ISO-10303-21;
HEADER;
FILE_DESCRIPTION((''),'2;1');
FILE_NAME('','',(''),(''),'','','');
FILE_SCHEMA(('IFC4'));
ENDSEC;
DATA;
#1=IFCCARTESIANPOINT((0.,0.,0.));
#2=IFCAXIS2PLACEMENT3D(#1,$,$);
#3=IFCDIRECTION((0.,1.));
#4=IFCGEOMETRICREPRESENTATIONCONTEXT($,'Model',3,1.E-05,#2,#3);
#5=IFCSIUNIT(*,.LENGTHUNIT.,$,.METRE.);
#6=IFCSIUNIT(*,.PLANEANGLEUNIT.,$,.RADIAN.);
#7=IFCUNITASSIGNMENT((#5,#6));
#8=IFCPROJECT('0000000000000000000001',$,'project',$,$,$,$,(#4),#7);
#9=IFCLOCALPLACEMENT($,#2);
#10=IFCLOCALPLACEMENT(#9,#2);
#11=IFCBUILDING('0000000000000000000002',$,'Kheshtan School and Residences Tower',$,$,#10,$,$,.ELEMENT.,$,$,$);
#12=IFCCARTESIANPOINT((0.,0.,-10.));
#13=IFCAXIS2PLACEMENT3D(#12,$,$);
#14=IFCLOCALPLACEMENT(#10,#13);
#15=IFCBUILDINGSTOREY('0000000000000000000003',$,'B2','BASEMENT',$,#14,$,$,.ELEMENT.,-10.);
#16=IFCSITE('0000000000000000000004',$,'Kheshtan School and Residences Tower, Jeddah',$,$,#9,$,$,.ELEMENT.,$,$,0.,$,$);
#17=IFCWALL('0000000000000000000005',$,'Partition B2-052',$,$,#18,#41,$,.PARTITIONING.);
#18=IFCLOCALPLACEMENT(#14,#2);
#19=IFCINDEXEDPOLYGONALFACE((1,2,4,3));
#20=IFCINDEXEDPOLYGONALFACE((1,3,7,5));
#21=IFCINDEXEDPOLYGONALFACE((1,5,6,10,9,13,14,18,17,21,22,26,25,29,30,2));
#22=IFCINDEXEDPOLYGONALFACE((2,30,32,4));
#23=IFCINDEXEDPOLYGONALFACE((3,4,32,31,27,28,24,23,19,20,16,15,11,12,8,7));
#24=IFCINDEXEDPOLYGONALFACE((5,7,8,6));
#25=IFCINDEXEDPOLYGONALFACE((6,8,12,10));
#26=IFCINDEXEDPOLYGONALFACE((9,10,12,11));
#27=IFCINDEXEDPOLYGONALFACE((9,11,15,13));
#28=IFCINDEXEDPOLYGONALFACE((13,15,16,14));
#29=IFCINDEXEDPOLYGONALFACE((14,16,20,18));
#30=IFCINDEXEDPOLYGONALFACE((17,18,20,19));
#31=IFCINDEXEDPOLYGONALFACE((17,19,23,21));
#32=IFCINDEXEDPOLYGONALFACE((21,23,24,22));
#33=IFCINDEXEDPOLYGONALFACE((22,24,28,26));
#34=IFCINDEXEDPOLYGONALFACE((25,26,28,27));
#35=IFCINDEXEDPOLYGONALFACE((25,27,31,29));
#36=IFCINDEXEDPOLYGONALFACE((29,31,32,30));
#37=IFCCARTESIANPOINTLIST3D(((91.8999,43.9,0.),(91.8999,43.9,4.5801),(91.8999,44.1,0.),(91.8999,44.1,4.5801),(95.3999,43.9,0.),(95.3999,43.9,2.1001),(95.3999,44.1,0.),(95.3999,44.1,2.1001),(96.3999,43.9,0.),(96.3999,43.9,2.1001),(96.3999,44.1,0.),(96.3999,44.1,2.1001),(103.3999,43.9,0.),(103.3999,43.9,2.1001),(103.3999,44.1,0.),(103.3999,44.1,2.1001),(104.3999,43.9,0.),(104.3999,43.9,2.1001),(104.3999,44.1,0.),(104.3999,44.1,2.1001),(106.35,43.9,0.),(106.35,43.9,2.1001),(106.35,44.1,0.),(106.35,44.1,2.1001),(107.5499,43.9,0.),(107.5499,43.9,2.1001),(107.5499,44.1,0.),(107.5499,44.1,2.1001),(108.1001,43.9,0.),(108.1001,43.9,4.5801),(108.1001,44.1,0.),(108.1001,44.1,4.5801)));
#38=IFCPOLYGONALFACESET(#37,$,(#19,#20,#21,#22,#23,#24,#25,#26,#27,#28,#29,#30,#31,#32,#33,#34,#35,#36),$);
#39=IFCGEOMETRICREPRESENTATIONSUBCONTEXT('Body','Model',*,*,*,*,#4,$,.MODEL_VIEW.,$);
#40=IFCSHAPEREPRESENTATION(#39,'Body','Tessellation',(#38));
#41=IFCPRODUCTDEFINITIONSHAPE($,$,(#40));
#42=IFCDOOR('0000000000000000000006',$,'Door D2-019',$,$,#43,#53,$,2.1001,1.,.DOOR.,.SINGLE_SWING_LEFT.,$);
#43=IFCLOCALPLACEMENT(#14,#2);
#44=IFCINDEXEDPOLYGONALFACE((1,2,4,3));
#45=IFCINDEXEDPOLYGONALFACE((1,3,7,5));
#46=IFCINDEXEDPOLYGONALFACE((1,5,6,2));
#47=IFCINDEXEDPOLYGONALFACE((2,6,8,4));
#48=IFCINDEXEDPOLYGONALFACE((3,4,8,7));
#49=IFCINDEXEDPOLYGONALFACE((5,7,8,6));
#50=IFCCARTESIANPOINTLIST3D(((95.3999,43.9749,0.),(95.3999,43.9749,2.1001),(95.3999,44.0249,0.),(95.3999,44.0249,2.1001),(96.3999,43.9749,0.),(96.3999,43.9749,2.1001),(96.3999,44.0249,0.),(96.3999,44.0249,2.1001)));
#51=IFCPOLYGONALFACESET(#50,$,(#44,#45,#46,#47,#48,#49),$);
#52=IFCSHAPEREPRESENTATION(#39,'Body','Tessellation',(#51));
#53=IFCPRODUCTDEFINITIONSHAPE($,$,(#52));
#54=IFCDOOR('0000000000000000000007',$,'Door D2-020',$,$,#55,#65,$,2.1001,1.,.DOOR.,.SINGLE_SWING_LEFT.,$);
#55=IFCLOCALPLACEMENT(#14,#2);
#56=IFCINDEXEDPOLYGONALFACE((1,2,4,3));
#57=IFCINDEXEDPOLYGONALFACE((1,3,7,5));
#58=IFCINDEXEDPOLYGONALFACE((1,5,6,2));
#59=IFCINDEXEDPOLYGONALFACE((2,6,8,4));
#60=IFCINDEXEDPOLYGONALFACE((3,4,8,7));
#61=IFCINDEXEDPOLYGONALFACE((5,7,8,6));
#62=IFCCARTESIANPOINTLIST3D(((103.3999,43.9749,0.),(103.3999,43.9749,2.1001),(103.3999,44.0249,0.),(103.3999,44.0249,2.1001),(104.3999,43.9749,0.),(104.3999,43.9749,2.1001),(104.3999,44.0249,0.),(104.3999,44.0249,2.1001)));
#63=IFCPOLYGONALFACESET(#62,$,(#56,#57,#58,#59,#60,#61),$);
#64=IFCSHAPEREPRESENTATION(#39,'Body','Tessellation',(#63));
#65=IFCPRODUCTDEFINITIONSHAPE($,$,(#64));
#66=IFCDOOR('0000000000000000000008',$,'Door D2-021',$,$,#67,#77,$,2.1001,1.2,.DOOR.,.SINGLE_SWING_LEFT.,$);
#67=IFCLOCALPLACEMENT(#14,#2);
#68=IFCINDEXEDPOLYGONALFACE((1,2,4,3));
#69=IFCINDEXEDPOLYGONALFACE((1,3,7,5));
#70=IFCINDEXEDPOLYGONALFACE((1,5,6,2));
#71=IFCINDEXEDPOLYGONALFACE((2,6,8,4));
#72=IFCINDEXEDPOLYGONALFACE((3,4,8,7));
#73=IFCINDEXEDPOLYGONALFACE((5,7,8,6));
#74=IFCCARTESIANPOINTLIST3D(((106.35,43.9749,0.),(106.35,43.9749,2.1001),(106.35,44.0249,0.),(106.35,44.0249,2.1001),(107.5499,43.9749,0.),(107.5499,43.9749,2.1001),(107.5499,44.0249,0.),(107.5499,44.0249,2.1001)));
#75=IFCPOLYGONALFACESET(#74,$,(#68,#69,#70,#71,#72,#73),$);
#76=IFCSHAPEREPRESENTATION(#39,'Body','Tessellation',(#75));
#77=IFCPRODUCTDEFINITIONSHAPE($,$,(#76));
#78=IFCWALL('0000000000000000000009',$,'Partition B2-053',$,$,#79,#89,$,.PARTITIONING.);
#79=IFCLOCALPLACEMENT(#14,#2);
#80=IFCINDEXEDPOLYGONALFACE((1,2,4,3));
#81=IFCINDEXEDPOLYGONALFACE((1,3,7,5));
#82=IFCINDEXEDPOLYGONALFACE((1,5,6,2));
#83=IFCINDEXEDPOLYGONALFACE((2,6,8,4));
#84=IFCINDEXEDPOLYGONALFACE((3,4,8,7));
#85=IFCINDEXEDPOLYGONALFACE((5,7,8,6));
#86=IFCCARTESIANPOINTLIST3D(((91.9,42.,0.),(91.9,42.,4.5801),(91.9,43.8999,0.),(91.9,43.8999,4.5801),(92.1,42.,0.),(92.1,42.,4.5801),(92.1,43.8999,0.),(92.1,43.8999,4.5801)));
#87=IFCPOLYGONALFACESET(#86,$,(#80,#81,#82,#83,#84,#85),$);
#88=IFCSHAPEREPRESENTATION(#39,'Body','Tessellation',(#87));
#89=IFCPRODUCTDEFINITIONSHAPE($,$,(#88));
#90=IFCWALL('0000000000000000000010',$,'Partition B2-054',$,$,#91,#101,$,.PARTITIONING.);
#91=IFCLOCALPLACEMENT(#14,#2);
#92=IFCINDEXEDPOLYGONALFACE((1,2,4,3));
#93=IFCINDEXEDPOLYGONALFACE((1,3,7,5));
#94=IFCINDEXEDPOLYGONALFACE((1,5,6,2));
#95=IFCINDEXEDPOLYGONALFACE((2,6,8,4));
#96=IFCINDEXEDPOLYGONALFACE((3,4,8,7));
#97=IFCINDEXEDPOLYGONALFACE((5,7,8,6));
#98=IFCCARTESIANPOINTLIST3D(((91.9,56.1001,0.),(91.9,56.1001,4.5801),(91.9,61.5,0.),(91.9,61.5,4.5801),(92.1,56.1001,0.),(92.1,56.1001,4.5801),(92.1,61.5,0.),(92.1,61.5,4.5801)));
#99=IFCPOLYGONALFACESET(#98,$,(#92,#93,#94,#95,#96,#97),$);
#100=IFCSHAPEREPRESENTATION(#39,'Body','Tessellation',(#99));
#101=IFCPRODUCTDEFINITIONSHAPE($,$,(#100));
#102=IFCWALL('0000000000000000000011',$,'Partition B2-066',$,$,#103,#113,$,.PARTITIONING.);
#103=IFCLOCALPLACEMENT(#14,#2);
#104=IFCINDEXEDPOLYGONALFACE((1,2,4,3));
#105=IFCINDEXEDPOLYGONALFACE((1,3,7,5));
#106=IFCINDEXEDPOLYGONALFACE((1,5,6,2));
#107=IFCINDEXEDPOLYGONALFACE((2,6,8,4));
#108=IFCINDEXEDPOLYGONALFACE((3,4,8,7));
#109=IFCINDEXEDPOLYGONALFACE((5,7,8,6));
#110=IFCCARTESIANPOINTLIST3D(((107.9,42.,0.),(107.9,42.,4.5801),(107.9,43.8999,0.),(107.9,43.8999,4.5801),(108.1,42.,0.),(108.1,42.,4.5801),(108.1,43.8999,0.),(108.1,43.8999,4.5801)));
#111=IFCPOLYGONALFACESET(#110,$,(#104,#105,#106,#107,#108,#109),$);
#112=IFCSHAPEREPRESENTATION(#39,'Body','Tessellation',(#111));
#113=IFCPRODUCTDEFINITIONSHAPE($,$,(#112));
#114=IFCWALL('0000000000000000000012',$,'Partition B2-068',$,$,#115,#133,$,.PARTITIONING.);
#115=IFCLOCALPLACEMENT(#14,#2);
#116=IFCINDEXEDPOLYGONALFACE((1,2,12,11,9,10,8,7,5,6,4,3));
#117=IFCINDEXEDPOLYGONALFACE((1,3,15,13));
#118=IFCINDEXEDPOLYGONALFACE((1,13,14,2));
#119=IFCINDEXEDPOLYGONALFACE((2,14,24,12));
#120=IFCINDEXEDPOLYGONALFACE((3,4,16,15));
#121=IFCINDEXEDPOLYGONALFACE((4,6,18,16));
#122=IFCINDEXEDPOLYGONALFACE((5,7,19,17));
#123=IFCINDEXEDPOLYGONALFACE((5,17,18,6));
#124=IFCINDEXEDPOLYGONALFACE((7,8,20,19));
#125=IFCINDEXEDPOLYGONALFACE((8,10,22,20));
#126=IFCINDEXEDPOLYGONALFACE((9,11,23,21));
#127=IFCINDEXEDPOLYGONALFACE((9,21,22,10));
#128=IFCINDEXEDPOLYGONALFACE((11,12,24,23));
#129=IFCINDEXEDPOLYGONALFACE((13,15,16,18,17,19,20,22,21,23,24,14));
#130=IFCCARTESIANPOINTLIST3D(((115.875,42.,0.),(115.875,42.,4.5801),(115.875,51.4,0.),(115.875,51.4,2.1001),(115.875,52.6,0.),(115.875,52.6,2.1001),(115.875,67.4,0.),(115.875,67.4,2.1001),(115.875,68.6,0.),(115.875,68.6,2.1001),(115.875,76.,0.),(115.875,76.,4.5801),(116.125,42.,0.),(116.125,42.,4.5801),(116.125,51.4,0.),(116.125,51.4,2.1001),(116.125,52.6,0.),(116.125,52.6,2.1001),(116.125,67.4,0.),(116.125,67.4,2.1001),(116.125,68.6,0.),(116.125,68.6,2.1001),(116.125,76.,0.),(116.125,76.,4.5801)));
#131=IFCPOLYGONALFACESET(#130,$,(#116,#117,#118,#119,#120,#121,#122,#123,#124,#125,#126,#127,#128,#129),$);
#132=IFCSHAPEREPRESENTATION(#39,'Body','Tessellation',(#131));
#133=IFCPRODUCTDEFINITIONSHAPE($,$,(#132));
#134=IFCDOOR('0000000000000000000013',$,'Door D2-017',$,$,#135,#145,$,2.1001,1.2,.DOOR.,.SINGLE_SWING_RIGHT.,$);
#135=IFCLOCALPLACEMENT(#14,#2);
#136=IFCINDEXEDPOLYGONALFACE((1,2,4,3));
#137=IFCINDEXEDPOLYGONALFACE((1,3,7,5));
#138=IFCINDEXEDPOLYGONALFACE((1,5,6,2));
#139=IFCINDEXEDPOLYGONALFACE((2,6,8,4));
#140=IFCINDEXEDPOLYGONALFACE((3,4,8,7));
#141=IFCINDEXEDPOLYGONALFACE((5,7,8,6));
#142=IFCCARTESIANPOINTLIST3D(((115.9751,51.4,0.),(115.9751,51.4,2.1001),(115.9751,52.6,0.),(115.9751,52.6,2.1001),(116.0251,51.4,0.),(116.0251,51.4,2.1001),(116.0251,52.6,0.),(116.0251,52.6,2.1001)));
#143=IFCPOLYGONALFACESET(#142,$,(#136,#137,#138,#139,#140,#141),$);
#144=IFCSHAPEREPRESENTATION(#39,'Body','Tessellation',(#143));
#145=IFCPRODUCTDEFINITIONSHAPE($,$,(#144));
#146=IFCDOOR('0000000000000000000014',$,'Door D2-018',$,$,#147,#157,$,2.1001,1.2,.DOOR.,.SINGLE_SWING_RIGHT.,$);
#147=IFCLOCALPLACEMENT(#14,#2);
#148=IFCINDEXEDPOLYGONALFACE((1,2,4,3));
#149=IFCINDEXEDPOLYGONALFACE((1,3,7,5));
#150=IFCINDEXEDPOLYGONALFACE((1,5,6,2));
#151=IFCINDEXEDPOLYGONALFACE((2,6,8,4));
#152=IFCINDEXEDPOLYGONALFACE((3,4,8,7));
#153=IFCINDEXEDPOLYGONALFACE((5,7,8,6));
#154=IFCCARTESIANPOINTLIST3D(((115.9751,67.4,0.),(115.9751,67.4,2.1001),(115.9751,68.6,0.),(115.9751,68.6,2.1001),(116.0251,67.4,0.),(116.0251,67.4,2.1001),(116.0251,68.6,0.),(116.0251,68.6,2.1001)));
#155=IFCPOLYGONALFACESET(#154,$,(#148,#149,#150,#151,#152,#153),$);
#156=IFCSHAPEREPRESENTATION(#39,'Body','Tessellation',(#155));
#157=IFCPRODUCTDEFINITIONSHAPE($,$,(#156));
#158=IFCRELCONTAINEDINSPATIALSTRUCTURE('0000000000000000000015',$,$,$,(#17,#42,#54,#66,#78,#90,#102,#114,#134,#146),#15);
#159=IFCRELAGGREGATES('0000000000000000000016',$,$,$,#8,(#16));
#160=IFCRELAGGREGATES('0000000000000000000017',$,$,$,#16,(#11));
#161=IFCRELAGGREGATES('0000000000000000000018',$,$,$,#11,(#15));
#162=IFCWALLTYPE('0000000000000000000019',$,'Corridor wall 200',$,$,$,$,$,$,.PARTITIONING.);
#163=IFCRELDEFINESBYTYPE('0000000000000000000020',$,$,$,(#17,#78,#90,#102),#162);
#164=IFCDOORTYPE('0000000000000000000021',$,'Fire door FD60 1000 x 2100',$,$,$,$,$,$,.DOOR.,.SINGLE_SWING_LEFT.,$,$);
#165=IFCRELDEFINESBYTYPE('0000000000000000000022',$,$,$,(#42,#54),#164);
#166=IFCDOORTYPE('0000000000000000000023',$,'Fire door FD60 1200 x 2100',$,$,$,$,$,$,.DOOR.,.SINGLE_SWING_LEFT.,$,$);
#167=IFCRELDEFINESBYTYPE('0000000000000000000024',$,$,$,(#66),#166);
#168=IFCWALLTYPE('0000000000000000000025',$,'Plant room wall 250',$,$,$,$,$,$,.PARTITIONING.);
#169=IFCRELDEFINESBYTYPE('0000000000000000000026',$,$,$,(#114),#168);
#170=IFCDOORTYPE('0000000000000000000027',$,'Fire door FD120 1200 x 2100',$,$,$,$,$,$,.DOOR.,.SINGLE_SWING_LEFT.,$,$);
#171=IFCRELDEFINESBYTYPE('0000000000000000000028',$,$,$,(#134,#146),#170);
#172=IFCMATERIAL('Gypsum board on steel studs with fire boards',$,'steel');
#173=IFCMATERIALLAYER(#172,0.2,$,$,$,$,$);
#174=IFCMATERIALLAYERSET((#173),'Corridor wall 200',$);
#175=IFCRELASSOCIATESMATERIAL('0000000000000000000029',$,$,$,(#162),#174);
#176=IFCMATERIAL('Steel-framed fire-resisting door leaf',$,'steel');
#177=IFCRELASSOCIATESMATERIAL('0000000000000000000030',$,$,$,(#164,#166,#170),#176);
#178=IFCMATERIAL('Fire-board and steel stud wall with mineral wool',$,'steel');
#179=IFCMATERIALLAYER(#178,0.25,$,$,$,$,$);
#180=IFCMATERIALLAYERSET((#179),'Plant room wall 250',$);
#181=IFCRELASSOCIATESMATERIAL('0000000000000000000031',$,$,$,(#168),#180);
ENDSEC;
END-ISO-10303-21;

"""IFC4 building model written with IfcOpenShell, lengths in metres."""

from ifc_helpers import new_model, si_unit, direction, frame, frame_2d, origin, place, context, subcontext, project, spatial, rectangle, extrude, source, transform, mapped, material, layer, layer_set, type_object, element, fill, save


model = new_model("IFC4")

# Units and contexts
model_context = context("Model", 3, precision=1e-05, world=origin(), true_north=direction((0.0, 1.0)))
body_context = subcontext(model_context, "Body", "Model", "MODEL_VIEW")
ifc_project = project(units=[si_unit("LENGTHUNIT", "METRE"), si_unit("PLANEANGLEUNIT", "RADIAN")], contexts=[model_context])

# Site, building, storey
site_placement = place(None, origin())
site = spatial("IfcSite", under=ifc_project, at=site_placement, Name="Kheshtan School and Residences Tower, Jeddah", CompositionType="ELEMENT", RefElevation=0.0)
building_placement = place(site_placement, origin())
building = spatial("IfcBuilding", under=site, at=building_placement, Name="Kheshtan School and Residences Tower", CompositionType="ELEMENT")
storey_placement = place(building_placement, frame((0.0, 0.0, -10.0)))
storey = spatial("IfcBuildingStorey", under=building, at=storey_placement, Name="B2", Description="BASEMENT", CompositionType="ELEMENT", Elevation=-10.0)

# Wall, openings, doors
ifc_material_1 = material(Name="Gypsum board on steel studs with fire boards", Category="steel")
ifc_layer_1 = layer(ifc_material_1, 0.2)
ifc_layer_set_1 = layer_set([ifc_layer_1], Name="Corridor wall 200")
wall_type_1 = type_object("IfcWallType", Name="Corridor wall 200", PredefinedType="PARTITIONING", material=ifc_layer_set_1)
wall_1_placement = place(storey_placement, frame((91.8999, 44.0, 0.0), z_axis=(0.0, 0.0, 1.0), x_axis=(1.0, 0.0, 0.0)))
wall_1 = element("IfcWall", 1, at=wall_1_placement, inside=storey, type_object=wall_type_1, Name="Partition B2-052", PredefinedType="PARTITIONING", context=body_context, shape_type="SweptSolid", body=[
    extrude(rectangle(XDim=16.2002, YDim=0.2, at=frame_2d((8.1001, 0.0))), origin(), (0.0, 0.0, 1.0), 4.5801),
])
opening_1_placement = place(wall_1_placement, frame((3.5, 0.0, 0.0)))
opening_1 = element("IfcOpeningElement", 2, at=opening_1_placement, cuts=wall_1, PredefinedType="OPENING", context=body_context, shape_type="SweptSolid", body=[
    extrude(rectangle(XDim=1.0, YDim=2.1001, at=frame_2d((0.5, 1.05))), frame((0.0, 0.1099, 0.0), z_axis=(0.0, -1.0, 0.0), x_axis=(1.0, 0.0, 0.0)), (0.0, 0.0, 1.0), 0.22),
])
opening_2_placement = place(wall_1_placement, frame((11.5, 0.0, 0.0)))
opening_2 = element("IfcOpeningElement", 3, at=opening_2_placement, cuts=wall_1, PredefinedType="OPENING", context=body_context, shape_type="SweptSolid", body=[
    extrude(rectangle(XDim=1.0, YDim=2.1001, at=frame_2d((0.5, 1.05))), frame((0.0, 0.1099, 0.0), z_axis=(0.0, -1.0, 0.0), x_axis=(1.0, 0.0, 0.0)), (0.0, 0.0, 1.0), 0.22),
])
opening_3_placement = place(wall_1_placement, frame((14.45, 0.0, 0.0)))
opening_3 = element("IfcOpeningElement", 4, at=opening_3_placement, cuts=wall_1, PredefinedType="OPENING", context=body_context, shape_type="SweptSolid", body=[
    extrude(rectangle(XDim=1.2, YDim=2.1001, at=frame_2d((0.6001, 1.05))), frame((0.0, 0.1099, 0.0), z_axis=(0.0, -1.0, 0.0), x_axis=(1.0, 0.0, 0.0)), (0.0, 0.0, 1.0), 0.22),
])
ifc_material_2 = material(Name="Steel-framed fire-resisting door leaf", Category="steel")
door_type_1 = type_object("IfcDoorType", Name="Fire door FD60 1000 x 2100", OperationType="SINGLE_SWING_LEFT", PredefinedType="DOOR", material=ifc_material_2)
shared_shape_1 = source(origin(), body_context, "Body", "SweptSolid", [
    extrude(rectangle(XDim=1.0, YDim=2.1001, at=frame_2d((0.5, 1.05))), frame((0.0, 0.0249, 0.0), z_axis=(0.0, -1.0, 0.0), x_axis=(1.0, 0.0, 0.0)), (0.0, 0.0, 1.0), 0.05),
])
door_1_placement = place(opening_1_placement, origin())
door_1 = element("IfcDoor", 5, at=door_1_placement, inside=storey, type_object=door_type_1, Name="Door D2-019", OperationType="SINGLE_SWING_LEFT", OverallHeight=2.1001, OverallWidth=1.0, PredefinedType="DOOR", context=body_context, shape_type="MappedRepresentation", body=[
    mapped(shared_shape_1, transform((0.0, 0.0, 0.0), x_axis=(1.0, 0.0, 0.0), y_axis=(0.0, 1.0, 0.0), z_axis=(0.0, 0.0, 1.0), scale=1.0)),
])
fill(opening_1, door_1)
door_2_placement = place(opening_2_placement, origin())
door_2 = element("IfcDoor", 6, at=door_2_placement, inside=storey, type_object=door_type_1, Name="Door D2-020", OperationType="SINGLE_SWING_LEFT", OverallHeight=2.1001, OverallWidth=1.0, PredefinedType="DOOR", context=body_context, shape_type="MappedRepresentation", body=[
    mapped(shared_shape_1, transform((0.0, 0.0, 0.0), x_axis=(1.0, 0.0, 0.0), y_axis=(0.0, 1.0, 0.0), z_axis=(0.0, 0.0, 1.0), scale=1.0)),
])
fill(opening_2, door_2)
door_type_2 = type_object("IfcDoorType", Name="Fire door FD60 1200 x 2100", OperationType="SINGLE_SWING_LEFT", PredefinedType="DOOR", material=ifc_material_2)
shared_shape_2 = source(origin(), body_context, "Body", "SweptSolid", [
    extrude(rectangle(XDim=1.2, YDim=2.1001, at=frame_2d((0.6001, 1.05))), frame((0.0, 0.0249, 0.0), z_axis=(0.0, -1.0, 0.0), x_axis=(1.0, 0.0, 0.0)), (0.0, 0.0, 1.0), 0.05),
])
door_3_placement = place(opening_3_placement, origin())
door_3 = element("IfcDoor", 7, at=door_3_placement, inside=storey, type_object=door_type_2, Name="Door D2-021", OperationType="SINGLE_SWING_LEFT", OverallHeight=2.1001, OverallWidth=1.2, PredefinedType="DOOR", context=body_context, shape_type="MappedRepresentation", body=[
    mapped(shared_shape_2, transform((0.0, 0.0, 0.0), x_axis=(1.0, 0.0, 0.0), y_axis=(0.0, 1.0, 0.0), z_axis=(0.0, 0.0, 1.0), scale=1.0)),
])
fill(opening_3, door_3)

# Walls
wall_2_placement = place(storey_placement, frame((92.0, 42.0, 0.0), z_axis=(0.0, 0.0, 1.0), x_axis=(0.0, 1.0, 0.0)))
element("IfcWall", 8, at=wall_2_placement, inside=storey, type_object=wall_type_1, Name="Partition B2-053", PredefinedType="PARTITIONING", context=body_context, shape_type="SweptSolid", body=[
    extrude(rectangle(XDim=1.8999, YDim=0.2, at=frame_2d((0.95, 0.0))), origin(), (0.0, 0.0, 1.0), 4.5801),
])
wall_3_placement = place(storey_placement, frame((92.0, 56.1001, 0.0), z_axis=(0.0, 0.0, 1.0), x_axis=(0.0, 1.0, 0.0)))
element("IfcWall", 9, at=wall_3_placement, inside=storey, type_object=wall_type_1, Name="Partition B2-054", PredefinedType="PARTITIONING", context=body_context, shape_type="SweptSolid", body=[
    extrude(rectangle(XDim=5.3999, YDim=0.2, at=frame_2d((2.7, 0.0))), origin(), (0.0, 0.0, 1.0), 4.5801),
])
wall_4_placement = place(storey_placement, frame((108.0, 42.0, 0.0), z_axis=(0.0, 0.0, 1.0), x_axis=(0.0, 1.0, 0.0)))
element("IfcWall", 10, at=wall_4_placement, inside=storey, type_object=wall_type_1, Name="Partition B2-066", PredefinedType="PARTITIONING", context=body_context, shape_type="SweptSolid", body=[
    extrude(rectangle(XDim=1.8999, YDim=0.2, at=frame_2d((0.95, 0.0))), origin(), (0.0, 0.0, 1.0), 4.5801),
])

# Wall, openings, doors
ifc_material_3 = material(Name="Fire-board and steel stud wall with mineral wool", Category="steel")
ifc_layer_2 = layer(ifc_material_3, 0.25)
ifc_layer_set_2 = layer_set([ifc_layer_2], Name="Plant room wall 250")
wall_type_2 = type_object("IfcWallType", Name="Plant room wall 250", PredefinedType="PARTITIONING", material=ifc_layer_set_2)
wall_5_placement = place(storey_placement, frame((116.0, 42.0, 0.0), z_axis=(0.0, 0.0, 1.0), x_axis=(0.0, 1.0, 0.0)))
wall_5 = element("IfcWall", 11, at=wall_5_placement, inside=storey, type_object=wall_type_2, Name="Partition B2-068", PredefinedType="PARTITIONING", context=body_context, shape_type="SweptSolid", body=[
    extrude(rectangle(XDim=34.0, YDim=0.25, at=frame_2d((17.0, 0.0))), origin(), (0.0, 0.0, 1.0), 4.5801),
])
opening_4_placement = place(wall_5_placement, frame((9.3999, 0.0, 0.0)))
opening_4 = element("IfcOpeningElement", 12, at=opening_4_placement, cuts=wall_5, PredefinedType="OPENING", context=body_context, shape_type="SweptSolid", body=[
    extrude(rectangle(XDim=1.2, YDim=2.1001, at=frame_2d((0.6001, 1.05))), frame((0.0, 0.135, 0.0), z_axis=(0.0, -1.0, 0.0), x_axis=(1.0, 0.0, 0.0)), (0.0, 0.0, 1.0), 0.27),
])
opening_5_placement = place(wall_5_placement, frame((25.3999, 0.0, 0.0)))
opening_5 = element("IfcOpeningElement", 13, at=opening_5_placement, cuts=wall_5, PredefinedType="OPENING", context=body_context, shape_type="SweptSolid", body=[
    extrude(rectangle(XDim=1.2, YDim=2.1001, at=frame_2d((0.6001, 1.05))), frame((0.0, 0.135, 0.0), z_axis=(0.0, -1.0, 0.0), x_axis=(1.0, 0.0, 0.0)), (0.0, 0.0, 1.0), 0.27),
])
door_type_3 = type_object("IfcDoorType", Name="Fire door FD120 1200 x 2100", OperationType="SINGLE_SWING_LEFT", PredefinedType="DOOR", material=ifc_material_2)
shared_shape_3 = source(origin(), body_context, "Body", "SweptSolid", [
    extrude(rectangle(XDim=1.2, YDim=2.1001, at=frame_2d((0.6001, 1.05))), frame((0.0, 0.0249, 0.0), z_axis=(0.0, -1.0, 0.0), x_axis=(1.0, 0.0, 0.0)), (0.0, 0.0, 1.0), 0.05),
])
door_4_placement = place(opening_4_placement, origin())
door_4 = element("IfcDoor", 14, at=door_4_placement, inside=storey, type_object=door_type_3, Name="Door D2-017", OperationType="SINGLE_SWING_RIGHT", OverallHeight=2.1001, OverallWidth=1.2, PredefinedType="DOOR", context=body_context, shape_type="MappedRepresentation", body=[
    mapped(shared_shape_3, transform((0.0, 0.0, 0.0), x_axis=(1.0, 0.0, 0.0), y_axis=(0.0, 1.0, 0.0), z_axis=(0.0, 0.0, 1.0), scale=1.0)),
])
fill(opening_4, door_4)
door_5_placement = place(opening_5_placement, origin())
door_5 = element("IfcDoor", 15, at=door_5_placement, inside=storey, type_object=door_type_3, Name="Door D2-018", OperationType="SINGLE_SWING_RIGHT", OverallHeight=2.1001, OverallWidth=1.2, PredefinedType="DOOR", context=body_context, shape_type="MappedRepresentation", body=[
    mapped(shared_shape_3, transform((0.0, 0.0, 0.0), x_axis=(1.0, 0.0, 0.0), y_axis=(0.0, 1.0, 0.0), z_axis=(0.0, 0.0, 1.0), scale=1.0)),
])
fill(opening_5, door_5)

save(model, "model.ifc")
